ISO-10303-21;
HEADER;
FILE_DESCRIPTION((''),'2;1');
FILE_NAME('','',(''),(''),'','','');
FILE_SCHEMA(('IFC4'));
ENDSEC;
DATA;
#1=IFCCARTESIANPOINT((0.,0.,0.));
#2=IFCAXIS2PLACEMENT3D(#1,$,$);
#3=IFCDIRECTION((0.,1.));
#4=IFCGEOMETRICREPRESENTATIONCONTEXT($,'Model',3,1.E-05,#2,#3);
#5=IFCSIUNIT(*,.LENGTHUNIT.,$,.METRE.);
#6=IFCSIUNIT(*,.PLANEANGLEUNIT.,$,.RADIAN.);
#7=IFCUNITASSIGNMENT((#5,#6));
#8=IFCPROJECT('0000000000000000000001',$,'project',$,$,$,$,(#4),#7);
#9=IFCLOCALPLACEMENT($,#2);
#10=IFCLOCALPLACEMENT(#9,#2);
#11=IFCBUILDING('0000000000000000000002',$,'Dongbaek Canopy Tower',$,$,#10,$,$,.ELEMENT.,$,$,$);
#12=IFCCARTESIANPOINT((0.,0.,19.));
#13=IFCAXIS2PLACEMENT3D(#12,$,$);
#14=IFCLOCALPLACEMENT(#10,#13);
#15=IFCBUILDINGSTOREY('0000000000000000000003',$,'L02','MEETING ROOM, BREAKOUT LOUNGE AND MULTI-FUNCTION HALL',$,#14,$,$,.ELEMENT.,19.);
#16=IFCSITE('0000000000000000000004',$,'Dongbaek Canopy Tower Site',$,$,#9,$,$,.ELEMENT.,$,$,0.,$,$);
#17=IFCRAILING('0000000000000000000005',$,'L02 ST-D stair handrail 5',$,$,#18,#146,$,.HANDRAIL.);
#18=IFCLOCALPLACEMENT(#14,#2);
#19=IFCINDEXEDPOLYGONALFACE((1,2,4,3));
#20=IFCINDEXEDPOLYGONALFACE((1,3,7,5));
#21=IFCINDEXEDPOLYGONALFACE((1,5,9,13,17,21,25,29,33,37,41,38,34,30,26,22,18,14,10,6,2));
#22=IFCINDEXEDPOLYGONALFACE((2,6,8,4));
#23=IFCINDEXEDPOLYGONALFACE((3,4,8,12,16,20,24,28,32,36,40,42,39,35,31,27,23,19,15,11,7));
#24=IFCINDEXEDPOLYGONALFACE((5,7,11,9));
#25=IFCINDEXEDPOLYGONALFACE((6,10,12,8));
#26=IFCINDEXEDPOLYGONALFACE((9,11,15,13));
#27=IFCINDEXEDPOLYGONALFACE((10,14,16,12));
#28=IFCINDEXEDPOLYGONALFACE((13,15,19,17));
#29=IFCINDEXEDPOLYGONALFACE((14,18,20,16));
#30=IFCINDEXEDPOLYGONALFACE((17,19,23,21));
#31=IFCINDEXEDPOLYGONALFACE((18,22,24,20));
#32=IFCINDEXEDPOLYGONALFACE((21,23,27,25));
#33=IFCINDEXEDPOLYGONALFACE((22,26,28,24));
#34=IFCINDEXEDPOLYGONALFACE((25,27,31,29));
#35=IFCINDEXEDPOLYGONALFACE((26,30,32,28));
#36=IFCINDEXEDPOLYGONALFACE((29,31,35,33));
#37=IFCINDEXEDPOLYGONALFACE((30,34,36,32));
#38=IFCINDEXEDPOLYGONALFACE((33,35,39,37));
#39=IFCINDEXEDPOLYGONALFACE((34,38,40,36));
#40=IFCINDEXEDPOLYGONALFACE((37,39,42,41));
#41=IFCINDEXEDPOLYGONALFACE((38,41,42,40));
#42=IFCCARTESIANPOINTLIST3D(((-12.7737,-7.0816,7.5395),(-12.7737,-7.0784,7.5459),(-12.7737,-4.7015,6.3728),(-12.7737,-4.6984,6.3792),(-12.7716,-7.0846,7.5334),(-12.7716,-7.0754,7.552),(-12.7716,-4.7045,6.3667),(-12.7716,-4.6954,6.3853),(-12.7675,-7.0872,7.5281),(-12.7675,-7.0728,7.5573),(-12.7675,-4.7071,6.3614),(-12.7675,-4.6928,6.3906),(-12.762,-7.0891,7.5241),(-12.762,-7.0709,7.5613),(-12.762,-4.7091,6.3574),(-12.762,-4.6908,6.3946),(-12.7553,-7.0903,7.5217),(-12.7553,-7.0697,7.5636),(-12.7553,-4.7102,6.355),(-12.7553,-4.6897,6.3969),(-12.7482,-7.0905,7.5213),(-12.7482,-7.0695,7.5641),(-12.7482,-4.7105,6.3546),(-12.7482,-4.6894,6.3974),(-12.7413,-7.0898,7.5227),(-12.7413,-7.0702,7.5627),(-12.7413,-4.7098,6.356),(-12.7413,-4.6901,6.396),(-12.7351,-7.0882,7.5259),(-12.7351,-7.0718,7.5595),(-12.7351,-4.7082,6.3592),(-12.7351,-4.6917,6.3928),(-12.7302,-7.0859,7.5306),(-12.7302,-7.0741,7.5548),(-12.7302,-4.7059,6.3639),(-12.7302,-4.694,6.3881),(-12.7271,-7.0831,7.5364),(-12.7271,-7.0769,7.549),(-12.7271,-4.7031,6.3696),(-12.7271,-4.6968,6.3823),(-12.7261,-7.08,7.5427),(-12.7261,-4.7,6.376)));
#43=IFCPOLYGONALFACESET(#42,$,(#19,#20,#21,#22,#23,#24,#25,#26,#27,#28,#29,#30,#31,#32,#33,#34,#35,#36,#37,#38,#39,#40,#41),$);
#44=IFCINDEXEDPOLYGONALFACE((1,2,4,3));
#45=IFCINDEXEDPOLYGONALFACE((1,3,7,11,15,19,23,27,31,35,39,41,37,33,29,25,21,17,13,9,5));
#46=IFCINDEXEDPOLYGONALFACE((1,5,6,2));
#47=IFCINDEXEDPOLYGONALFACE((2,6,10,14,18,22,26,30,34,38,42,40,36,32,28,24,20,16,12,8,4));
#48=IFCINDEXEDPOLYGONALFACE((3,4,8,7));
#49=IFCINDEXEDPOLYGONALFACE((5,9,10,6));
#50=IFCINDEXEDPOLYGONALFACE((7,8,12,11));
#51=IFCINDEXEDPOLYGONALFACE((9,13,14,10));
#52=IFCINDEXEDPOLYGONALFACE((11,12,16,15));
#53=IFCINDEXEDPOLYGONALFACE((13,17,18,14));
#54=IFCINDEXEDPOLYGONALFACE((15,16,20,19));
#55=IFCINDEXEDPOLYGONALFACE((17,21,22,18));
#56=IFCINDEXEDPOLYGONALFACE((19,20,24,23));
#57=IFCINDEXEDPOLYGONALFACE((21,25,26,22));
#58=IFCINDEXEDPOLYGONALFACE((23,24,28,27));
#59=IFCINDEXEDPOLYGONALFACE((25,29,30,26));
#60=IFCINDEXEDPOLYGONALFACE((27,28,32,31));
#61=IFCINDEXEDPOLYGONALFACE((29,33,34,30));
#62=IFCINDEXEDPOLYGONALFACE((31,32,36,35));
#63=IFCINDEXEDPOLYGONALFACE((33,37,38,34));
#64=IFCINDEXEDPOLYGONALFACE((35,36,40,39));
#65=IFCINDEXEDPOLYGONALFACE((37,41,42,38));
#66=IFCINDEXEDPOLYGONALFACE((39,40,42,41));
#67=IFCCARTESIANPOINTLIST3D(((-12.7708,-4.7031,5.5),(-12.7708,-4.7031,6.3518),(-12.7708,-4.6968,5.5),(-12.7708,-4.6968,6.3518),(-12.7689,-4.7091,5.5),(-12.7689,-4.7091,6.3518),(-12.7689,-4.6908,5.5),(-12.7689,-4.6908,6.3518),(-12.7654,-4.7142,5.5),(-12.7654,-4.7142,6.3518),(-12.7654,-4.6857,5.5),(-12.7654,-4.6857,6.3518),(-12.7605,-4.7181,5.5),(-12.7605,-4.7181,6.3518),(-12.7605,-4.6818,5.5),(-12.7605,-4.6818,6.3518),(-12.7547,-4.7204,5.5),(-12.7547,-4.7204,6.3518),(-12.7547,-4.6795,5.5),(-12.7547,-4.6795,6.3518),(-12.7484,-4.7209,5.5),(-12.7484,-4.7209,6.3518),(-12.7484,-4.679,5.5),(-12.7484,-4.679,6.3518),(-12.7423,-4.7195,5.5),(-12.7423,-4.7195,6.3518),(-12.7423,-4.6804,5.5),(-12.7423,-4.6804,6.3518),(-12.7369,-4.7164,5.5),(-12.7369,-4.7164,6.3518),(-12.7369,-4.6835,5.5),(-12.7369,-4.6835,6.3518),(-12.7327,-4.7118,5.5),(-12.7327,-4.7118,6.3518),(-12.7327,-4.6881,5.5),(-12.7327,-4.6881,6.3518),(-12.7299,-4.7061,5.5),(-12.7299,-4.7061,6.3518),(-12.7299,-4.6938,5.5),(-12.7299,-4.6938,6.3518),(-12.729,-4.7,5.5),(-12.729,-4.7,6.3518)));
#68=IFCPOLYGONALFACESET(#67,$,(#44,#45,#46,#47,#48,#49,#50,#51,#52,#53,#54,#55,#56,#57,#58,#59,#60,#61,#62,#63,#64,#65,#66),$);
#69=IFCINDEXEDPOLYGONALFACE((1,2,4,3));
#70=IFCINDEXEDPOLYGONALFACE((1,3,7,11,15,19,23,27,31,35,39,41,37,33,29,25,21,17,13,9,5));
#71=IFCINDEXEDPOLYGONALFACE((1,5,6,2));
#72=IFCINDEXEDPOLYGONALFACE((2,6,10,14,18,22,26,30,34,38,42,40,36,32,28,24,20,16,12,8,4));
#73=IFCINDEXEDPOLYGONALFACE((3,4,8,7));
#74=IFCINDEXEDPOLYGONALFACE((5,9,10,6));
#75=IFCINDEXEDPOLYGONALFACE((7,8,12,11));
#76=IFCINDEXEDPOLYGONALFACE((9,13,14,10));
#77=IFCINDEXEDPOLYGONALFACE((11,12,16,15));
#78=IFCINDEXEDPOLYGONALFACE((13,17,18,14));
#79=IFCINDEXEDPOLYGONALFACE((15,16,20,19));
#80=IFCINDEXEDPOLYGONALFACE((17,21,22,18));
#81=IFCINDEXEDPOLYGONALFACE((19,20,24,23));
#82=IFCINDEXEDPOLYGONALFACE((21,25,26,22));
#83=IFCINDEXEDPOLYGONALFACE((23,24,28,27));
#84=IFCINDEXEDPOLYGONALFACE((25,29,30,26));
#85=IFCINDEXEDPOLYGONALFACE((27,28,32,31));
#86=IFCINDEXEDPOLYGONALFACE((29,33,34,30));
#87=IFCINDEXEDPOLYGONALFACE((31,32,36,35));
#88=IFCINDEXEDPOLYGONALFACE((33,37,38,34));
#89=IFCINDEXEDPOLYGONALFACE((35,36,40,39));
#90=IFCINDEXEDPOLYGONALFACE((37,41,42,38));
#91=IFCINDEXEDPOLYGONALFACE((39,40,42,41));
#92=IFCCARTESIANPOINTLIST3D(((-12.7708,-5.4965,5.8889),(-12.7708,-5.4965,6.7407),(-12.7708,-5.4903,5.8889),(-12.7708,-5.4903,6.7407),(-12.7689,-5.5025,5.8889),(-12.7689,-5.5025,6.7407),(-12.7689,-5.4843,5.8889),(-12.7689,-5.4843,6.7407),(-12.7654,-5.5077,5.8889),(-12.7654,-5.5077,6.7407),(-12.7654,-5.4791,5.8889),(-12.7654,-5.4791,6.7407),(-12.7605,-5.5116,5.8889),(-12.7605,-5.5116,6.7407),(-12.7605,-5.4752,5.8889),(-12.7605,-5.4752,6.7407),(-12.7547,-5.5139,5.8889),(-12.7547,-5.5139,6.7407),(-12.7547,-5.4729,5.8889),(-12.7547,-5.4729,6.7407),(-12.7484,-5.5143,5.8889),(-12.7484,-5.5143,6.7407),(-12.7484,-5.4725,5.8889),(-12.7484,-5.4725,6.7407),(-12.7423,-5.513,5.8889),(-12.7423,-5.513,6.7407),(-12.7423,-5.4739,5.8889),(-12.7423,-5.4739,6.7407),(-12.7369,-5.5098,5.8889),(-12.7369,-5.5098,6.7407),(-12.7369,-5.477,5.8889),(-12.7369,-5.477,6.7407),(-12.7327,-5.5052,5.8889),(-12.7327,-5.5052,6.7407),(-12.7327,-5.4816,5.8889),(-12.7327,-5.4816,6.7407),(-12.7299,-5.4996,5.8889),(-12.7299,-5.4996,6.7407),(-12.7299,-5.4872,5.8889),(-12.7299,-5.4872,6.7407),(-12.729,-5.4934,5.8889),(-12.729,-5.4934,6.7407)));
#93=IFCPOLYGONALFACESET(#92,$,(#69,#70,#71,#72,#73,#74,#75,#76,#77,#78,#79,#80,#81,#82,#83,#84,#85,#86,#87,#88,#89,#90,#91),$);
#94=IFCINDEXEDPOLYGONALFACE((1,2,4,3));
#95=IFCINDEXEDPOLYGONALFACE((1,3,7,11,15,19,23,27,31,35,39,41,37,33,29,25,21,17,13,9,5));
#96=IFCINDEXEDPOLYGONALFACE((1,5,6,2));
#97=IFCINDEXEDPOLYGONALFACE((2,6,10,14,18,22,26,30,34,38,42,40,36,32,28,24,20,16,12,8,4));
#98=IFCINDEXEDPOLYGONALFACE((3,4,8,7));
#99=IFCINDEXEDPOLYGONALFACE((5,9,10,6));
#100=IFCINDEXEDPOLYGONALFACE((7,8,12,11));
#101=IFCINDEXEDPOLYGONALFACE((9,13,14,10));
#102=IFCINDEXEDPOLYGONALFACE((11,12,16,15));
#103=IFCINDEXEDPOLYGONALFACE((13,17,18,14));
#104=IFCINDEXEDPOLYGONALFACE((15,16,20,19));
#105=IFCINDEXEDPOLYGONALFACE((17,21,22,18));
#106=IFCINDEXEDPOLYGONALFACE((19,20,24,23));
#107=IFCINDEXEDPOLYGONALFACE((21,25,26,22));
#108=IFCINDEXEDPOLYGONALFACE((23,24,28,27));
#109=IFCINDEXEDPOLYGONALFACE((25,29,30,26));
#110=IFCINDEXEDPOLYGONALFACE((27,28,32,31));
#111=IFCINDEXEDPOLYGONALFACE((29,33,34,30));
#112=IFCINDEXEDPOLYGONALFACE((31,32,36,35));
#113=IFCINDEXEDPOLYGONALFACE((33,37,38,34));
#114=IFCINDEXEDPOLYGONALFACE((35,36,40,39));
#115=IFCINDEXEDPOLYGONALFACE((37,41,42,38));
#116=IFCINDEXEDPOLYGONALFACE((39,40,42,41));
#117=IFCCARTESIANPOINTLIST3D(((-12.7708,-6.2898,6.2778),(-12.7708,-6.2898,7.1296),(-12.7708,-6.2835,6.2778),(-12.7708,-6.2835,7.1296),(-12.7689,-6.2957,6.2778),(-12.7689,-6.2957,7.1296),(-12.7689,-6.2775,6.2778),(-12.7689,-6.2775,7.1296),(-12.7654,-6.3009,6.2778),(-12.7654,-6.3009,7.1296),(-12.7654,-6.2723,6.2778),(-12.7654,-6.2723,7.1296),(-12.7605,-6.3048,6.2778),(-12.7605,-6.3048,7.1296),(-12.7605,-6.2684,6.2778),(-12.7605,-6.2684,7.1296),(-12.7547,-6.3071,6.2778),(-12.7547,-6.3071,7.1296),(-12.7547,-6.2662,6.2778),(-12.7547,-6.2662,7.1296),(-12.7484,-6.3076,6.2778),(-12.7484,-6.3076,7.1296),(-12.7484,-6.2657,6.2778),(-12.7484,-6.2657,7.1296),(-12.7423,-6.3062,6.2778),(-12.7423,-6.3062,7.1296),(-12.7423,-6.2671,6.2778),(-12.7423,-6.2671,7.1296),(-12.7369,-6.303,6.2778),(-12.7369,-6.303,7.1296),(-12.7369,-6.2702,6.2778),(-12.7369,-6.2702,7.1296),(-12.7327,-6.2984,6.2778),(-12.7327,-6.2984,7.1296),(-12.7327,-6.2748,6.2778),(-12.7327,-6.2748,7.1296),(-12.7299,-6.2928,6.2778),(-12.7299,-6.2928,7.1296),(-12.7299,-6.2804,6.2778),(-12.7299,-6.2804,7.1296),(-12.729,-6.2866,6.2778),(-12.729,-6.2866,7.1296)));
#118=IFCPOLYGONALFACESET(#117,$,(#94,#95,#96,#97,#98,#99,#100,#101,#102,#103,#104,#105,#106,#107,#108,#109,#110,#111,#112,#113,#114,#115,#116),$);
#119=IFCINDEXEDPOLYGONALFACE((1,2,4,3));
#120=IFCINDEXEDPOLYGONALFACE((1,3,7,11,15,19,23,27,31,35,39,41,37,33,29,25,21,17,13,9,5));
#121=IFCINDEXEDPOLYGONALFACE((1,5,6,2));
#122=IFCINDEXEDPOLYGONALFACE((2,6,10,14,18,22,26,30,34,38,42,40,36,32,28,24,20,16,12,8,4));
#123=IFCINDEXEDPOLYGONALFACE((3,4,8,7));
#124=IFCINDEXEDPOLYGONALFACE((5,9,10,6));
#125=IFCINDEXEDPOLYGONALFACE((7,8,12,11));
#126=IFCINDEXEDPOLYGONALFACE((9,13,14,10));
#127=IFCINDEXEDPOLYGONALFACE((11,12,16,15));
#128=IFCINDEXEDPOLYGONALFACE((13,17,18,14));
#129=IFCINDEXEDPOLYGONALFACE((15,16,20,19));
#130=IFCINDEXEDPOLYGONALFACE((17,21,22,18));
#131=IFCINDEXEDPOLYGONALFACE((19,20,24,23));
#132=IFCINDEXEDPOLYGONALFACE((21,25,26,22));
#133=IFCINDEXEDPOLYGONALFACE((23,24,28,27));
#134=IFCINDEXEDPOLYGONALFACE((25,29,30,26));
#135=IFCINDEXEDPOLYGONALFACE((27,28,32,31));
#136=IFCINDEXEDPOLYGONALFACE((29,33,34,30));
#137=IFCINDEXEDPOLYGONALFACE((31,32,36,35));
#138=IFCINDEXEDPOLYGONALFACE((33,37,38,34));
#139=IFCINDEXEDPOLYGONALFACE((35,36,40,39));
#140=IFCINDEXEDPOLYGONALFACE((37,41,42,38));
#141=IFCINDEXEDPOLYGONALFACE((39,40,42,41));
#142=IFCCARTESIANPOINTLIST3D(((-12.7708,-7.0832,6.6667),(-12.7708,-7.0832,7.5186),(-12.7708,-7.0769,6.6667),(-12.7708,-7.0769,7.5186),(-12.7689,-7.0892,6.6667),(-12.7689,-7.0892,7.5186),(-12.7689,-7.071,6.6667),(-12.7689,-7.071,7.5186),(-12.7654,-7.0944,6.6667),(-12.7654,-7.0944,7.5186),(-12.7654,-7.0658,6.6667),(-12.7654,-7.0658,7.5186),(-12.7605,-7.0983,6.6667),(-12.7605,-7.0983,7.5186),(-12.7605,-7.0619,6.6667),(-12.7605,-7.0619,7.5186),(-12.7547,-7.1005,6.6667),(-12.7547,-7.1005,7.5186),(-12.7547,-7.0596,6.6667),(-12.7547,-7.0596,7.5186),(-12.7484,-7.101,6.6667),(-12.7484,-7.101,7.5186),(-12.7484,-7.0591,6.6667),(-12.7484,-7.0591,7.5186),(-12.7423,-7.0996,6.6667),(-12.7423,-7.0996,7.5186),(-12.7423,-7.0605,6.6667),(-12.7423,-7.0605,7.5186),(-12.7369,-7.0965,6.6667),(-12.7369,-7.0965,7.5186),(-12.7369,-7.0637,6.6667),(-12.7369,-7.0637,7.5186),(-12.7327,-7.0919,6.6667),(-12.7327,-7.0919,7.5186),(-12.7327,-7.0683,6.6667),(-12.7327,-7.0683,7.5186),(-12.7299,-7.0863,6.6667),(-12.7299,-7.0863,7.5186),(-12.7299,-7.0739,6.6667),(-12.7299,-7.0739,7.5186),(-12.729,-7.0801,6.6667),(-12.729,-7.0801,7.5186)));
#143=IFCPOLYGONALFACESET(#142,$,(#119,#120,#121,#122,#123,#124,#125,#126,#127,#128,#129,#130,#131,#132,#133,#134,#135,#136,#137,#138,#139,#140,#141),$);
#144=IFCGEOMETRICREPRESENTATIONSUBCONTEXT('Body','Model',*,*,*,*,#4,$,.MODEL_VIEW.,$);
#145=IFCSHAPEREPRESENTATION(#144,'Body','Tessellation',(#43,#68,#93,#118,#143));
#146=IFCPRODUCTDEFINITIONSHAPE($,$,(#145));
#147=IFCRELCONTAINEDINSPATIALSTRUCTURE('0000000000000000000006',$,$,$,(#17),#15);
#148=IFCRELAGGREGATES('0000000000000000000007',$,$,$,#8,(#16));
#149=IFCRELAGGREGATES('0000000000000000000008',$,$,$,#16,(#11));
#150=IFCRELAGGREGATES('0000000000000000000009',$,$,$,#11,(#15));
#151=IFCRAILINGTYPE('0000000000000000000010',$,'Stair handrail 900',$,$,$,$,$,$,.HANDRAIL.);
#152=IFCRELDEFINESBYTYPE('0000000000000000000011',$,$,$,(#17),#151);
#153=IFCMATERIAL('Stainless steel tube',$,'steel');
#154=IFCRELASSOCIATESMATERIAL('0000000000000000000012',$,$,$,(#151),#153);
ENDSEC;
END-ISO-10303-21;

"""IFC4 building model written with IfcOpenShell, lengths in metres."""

from ifc_helpers import new_model, si_unit, direction, frame, origin, origin_2d, place, context, subcontext, project, spatial, circle, extrude, material, type_object, element, save


model = new_model("IFC4")

# Units and contexts
model_context = context("Model", 3, precision=1e-05, world=origin(), true_north=direction((0.0, 1.0)))
body_context = subcontext(model_context, "Body", "Model", "MODEL_VIEW")
ifc_project = project(units=[si_unit("LENGTHUNIT", "METRE"), si_unit("PLANEANGLEUNIT", "RADIAN")], contexts=[model_context])

# Site, building, storey
site_placement = place(None, origin())
site = spatial("IfcSite", under=ifc_project, at=site_placement, Name="Dongbaek Canopy Tower Site", CompositionType="ELEMENT", RefElevation=0.0)
building_placement = place(site_placement, origin())
building = spatial("IfcBuilding", under=site, at=building_placement, Name="Dongbaek Canopy Tower", CompositionType="ELEMENT")
storey_placement = place(building_placement, frame((0.0, 0.0, 19.0)))
storey = spatial("IfcBuildingStorey", under=building, at=storey_placement, Name="L02", Description="MEETING ROOM, BREAKOUT LOUNGE AND MULTI-FUNCTION HALL", CompositionType="ELEMENT", Elevation=19.0)

# Railing
ifc_material_1 = material(Name="Stainless steel tube", Category="steel")
railing_type_1 = type_object("IfcRailingType", Name="Stair handrail 900", PredefinedType="HANDRAIL", material=ifc_material_1)
for number, where, name in (
    (1, (-12.75, -4.7, 5.5), "L02 ST-D stair handrail 5"),
):
    element("IfcRailing", number, at=place(storey_placement, frame(where)), inside=storey, type_object=railing_type_1, Name=name, PredefinedType="HANDRAIL", context=body_context, shape_type="SweptSolid", body=[
        extrude(circle(Radius=0.0239, at=origin_2d()), frame((0.0, 0.0, 0.876), z_axis=(0.0, -0.897918, 0.440163), x_axis=(1.0, 0.0, 0.0)), (0.0, 0.0, 1.0), 2.6506),
        extrude(circle(Radius=0.021, at=origin_2d()), origin(), (0.0, 0.0, 1.0), 0.8518),
        extrude(circle(Radius=0.021, at=origin_2d()), frame((0.0, -0.7935, 0.3889)), (0.0, 0.0, 1.0), 0.8518),
        extrude(circle(Radius=0.021, at=origin_2d()), frame((0.0, -1.5867, 0.7778)), (0.0, 0.0, 1.0), 0.8518),
        extrude(circle(Radius=0.021, at=origin_2d()), frame((0.0, -2.3801, 1.1667)), (0.0, 0.0, 1.0), 0.8518),
    ])

save(model, "model.ifc")
